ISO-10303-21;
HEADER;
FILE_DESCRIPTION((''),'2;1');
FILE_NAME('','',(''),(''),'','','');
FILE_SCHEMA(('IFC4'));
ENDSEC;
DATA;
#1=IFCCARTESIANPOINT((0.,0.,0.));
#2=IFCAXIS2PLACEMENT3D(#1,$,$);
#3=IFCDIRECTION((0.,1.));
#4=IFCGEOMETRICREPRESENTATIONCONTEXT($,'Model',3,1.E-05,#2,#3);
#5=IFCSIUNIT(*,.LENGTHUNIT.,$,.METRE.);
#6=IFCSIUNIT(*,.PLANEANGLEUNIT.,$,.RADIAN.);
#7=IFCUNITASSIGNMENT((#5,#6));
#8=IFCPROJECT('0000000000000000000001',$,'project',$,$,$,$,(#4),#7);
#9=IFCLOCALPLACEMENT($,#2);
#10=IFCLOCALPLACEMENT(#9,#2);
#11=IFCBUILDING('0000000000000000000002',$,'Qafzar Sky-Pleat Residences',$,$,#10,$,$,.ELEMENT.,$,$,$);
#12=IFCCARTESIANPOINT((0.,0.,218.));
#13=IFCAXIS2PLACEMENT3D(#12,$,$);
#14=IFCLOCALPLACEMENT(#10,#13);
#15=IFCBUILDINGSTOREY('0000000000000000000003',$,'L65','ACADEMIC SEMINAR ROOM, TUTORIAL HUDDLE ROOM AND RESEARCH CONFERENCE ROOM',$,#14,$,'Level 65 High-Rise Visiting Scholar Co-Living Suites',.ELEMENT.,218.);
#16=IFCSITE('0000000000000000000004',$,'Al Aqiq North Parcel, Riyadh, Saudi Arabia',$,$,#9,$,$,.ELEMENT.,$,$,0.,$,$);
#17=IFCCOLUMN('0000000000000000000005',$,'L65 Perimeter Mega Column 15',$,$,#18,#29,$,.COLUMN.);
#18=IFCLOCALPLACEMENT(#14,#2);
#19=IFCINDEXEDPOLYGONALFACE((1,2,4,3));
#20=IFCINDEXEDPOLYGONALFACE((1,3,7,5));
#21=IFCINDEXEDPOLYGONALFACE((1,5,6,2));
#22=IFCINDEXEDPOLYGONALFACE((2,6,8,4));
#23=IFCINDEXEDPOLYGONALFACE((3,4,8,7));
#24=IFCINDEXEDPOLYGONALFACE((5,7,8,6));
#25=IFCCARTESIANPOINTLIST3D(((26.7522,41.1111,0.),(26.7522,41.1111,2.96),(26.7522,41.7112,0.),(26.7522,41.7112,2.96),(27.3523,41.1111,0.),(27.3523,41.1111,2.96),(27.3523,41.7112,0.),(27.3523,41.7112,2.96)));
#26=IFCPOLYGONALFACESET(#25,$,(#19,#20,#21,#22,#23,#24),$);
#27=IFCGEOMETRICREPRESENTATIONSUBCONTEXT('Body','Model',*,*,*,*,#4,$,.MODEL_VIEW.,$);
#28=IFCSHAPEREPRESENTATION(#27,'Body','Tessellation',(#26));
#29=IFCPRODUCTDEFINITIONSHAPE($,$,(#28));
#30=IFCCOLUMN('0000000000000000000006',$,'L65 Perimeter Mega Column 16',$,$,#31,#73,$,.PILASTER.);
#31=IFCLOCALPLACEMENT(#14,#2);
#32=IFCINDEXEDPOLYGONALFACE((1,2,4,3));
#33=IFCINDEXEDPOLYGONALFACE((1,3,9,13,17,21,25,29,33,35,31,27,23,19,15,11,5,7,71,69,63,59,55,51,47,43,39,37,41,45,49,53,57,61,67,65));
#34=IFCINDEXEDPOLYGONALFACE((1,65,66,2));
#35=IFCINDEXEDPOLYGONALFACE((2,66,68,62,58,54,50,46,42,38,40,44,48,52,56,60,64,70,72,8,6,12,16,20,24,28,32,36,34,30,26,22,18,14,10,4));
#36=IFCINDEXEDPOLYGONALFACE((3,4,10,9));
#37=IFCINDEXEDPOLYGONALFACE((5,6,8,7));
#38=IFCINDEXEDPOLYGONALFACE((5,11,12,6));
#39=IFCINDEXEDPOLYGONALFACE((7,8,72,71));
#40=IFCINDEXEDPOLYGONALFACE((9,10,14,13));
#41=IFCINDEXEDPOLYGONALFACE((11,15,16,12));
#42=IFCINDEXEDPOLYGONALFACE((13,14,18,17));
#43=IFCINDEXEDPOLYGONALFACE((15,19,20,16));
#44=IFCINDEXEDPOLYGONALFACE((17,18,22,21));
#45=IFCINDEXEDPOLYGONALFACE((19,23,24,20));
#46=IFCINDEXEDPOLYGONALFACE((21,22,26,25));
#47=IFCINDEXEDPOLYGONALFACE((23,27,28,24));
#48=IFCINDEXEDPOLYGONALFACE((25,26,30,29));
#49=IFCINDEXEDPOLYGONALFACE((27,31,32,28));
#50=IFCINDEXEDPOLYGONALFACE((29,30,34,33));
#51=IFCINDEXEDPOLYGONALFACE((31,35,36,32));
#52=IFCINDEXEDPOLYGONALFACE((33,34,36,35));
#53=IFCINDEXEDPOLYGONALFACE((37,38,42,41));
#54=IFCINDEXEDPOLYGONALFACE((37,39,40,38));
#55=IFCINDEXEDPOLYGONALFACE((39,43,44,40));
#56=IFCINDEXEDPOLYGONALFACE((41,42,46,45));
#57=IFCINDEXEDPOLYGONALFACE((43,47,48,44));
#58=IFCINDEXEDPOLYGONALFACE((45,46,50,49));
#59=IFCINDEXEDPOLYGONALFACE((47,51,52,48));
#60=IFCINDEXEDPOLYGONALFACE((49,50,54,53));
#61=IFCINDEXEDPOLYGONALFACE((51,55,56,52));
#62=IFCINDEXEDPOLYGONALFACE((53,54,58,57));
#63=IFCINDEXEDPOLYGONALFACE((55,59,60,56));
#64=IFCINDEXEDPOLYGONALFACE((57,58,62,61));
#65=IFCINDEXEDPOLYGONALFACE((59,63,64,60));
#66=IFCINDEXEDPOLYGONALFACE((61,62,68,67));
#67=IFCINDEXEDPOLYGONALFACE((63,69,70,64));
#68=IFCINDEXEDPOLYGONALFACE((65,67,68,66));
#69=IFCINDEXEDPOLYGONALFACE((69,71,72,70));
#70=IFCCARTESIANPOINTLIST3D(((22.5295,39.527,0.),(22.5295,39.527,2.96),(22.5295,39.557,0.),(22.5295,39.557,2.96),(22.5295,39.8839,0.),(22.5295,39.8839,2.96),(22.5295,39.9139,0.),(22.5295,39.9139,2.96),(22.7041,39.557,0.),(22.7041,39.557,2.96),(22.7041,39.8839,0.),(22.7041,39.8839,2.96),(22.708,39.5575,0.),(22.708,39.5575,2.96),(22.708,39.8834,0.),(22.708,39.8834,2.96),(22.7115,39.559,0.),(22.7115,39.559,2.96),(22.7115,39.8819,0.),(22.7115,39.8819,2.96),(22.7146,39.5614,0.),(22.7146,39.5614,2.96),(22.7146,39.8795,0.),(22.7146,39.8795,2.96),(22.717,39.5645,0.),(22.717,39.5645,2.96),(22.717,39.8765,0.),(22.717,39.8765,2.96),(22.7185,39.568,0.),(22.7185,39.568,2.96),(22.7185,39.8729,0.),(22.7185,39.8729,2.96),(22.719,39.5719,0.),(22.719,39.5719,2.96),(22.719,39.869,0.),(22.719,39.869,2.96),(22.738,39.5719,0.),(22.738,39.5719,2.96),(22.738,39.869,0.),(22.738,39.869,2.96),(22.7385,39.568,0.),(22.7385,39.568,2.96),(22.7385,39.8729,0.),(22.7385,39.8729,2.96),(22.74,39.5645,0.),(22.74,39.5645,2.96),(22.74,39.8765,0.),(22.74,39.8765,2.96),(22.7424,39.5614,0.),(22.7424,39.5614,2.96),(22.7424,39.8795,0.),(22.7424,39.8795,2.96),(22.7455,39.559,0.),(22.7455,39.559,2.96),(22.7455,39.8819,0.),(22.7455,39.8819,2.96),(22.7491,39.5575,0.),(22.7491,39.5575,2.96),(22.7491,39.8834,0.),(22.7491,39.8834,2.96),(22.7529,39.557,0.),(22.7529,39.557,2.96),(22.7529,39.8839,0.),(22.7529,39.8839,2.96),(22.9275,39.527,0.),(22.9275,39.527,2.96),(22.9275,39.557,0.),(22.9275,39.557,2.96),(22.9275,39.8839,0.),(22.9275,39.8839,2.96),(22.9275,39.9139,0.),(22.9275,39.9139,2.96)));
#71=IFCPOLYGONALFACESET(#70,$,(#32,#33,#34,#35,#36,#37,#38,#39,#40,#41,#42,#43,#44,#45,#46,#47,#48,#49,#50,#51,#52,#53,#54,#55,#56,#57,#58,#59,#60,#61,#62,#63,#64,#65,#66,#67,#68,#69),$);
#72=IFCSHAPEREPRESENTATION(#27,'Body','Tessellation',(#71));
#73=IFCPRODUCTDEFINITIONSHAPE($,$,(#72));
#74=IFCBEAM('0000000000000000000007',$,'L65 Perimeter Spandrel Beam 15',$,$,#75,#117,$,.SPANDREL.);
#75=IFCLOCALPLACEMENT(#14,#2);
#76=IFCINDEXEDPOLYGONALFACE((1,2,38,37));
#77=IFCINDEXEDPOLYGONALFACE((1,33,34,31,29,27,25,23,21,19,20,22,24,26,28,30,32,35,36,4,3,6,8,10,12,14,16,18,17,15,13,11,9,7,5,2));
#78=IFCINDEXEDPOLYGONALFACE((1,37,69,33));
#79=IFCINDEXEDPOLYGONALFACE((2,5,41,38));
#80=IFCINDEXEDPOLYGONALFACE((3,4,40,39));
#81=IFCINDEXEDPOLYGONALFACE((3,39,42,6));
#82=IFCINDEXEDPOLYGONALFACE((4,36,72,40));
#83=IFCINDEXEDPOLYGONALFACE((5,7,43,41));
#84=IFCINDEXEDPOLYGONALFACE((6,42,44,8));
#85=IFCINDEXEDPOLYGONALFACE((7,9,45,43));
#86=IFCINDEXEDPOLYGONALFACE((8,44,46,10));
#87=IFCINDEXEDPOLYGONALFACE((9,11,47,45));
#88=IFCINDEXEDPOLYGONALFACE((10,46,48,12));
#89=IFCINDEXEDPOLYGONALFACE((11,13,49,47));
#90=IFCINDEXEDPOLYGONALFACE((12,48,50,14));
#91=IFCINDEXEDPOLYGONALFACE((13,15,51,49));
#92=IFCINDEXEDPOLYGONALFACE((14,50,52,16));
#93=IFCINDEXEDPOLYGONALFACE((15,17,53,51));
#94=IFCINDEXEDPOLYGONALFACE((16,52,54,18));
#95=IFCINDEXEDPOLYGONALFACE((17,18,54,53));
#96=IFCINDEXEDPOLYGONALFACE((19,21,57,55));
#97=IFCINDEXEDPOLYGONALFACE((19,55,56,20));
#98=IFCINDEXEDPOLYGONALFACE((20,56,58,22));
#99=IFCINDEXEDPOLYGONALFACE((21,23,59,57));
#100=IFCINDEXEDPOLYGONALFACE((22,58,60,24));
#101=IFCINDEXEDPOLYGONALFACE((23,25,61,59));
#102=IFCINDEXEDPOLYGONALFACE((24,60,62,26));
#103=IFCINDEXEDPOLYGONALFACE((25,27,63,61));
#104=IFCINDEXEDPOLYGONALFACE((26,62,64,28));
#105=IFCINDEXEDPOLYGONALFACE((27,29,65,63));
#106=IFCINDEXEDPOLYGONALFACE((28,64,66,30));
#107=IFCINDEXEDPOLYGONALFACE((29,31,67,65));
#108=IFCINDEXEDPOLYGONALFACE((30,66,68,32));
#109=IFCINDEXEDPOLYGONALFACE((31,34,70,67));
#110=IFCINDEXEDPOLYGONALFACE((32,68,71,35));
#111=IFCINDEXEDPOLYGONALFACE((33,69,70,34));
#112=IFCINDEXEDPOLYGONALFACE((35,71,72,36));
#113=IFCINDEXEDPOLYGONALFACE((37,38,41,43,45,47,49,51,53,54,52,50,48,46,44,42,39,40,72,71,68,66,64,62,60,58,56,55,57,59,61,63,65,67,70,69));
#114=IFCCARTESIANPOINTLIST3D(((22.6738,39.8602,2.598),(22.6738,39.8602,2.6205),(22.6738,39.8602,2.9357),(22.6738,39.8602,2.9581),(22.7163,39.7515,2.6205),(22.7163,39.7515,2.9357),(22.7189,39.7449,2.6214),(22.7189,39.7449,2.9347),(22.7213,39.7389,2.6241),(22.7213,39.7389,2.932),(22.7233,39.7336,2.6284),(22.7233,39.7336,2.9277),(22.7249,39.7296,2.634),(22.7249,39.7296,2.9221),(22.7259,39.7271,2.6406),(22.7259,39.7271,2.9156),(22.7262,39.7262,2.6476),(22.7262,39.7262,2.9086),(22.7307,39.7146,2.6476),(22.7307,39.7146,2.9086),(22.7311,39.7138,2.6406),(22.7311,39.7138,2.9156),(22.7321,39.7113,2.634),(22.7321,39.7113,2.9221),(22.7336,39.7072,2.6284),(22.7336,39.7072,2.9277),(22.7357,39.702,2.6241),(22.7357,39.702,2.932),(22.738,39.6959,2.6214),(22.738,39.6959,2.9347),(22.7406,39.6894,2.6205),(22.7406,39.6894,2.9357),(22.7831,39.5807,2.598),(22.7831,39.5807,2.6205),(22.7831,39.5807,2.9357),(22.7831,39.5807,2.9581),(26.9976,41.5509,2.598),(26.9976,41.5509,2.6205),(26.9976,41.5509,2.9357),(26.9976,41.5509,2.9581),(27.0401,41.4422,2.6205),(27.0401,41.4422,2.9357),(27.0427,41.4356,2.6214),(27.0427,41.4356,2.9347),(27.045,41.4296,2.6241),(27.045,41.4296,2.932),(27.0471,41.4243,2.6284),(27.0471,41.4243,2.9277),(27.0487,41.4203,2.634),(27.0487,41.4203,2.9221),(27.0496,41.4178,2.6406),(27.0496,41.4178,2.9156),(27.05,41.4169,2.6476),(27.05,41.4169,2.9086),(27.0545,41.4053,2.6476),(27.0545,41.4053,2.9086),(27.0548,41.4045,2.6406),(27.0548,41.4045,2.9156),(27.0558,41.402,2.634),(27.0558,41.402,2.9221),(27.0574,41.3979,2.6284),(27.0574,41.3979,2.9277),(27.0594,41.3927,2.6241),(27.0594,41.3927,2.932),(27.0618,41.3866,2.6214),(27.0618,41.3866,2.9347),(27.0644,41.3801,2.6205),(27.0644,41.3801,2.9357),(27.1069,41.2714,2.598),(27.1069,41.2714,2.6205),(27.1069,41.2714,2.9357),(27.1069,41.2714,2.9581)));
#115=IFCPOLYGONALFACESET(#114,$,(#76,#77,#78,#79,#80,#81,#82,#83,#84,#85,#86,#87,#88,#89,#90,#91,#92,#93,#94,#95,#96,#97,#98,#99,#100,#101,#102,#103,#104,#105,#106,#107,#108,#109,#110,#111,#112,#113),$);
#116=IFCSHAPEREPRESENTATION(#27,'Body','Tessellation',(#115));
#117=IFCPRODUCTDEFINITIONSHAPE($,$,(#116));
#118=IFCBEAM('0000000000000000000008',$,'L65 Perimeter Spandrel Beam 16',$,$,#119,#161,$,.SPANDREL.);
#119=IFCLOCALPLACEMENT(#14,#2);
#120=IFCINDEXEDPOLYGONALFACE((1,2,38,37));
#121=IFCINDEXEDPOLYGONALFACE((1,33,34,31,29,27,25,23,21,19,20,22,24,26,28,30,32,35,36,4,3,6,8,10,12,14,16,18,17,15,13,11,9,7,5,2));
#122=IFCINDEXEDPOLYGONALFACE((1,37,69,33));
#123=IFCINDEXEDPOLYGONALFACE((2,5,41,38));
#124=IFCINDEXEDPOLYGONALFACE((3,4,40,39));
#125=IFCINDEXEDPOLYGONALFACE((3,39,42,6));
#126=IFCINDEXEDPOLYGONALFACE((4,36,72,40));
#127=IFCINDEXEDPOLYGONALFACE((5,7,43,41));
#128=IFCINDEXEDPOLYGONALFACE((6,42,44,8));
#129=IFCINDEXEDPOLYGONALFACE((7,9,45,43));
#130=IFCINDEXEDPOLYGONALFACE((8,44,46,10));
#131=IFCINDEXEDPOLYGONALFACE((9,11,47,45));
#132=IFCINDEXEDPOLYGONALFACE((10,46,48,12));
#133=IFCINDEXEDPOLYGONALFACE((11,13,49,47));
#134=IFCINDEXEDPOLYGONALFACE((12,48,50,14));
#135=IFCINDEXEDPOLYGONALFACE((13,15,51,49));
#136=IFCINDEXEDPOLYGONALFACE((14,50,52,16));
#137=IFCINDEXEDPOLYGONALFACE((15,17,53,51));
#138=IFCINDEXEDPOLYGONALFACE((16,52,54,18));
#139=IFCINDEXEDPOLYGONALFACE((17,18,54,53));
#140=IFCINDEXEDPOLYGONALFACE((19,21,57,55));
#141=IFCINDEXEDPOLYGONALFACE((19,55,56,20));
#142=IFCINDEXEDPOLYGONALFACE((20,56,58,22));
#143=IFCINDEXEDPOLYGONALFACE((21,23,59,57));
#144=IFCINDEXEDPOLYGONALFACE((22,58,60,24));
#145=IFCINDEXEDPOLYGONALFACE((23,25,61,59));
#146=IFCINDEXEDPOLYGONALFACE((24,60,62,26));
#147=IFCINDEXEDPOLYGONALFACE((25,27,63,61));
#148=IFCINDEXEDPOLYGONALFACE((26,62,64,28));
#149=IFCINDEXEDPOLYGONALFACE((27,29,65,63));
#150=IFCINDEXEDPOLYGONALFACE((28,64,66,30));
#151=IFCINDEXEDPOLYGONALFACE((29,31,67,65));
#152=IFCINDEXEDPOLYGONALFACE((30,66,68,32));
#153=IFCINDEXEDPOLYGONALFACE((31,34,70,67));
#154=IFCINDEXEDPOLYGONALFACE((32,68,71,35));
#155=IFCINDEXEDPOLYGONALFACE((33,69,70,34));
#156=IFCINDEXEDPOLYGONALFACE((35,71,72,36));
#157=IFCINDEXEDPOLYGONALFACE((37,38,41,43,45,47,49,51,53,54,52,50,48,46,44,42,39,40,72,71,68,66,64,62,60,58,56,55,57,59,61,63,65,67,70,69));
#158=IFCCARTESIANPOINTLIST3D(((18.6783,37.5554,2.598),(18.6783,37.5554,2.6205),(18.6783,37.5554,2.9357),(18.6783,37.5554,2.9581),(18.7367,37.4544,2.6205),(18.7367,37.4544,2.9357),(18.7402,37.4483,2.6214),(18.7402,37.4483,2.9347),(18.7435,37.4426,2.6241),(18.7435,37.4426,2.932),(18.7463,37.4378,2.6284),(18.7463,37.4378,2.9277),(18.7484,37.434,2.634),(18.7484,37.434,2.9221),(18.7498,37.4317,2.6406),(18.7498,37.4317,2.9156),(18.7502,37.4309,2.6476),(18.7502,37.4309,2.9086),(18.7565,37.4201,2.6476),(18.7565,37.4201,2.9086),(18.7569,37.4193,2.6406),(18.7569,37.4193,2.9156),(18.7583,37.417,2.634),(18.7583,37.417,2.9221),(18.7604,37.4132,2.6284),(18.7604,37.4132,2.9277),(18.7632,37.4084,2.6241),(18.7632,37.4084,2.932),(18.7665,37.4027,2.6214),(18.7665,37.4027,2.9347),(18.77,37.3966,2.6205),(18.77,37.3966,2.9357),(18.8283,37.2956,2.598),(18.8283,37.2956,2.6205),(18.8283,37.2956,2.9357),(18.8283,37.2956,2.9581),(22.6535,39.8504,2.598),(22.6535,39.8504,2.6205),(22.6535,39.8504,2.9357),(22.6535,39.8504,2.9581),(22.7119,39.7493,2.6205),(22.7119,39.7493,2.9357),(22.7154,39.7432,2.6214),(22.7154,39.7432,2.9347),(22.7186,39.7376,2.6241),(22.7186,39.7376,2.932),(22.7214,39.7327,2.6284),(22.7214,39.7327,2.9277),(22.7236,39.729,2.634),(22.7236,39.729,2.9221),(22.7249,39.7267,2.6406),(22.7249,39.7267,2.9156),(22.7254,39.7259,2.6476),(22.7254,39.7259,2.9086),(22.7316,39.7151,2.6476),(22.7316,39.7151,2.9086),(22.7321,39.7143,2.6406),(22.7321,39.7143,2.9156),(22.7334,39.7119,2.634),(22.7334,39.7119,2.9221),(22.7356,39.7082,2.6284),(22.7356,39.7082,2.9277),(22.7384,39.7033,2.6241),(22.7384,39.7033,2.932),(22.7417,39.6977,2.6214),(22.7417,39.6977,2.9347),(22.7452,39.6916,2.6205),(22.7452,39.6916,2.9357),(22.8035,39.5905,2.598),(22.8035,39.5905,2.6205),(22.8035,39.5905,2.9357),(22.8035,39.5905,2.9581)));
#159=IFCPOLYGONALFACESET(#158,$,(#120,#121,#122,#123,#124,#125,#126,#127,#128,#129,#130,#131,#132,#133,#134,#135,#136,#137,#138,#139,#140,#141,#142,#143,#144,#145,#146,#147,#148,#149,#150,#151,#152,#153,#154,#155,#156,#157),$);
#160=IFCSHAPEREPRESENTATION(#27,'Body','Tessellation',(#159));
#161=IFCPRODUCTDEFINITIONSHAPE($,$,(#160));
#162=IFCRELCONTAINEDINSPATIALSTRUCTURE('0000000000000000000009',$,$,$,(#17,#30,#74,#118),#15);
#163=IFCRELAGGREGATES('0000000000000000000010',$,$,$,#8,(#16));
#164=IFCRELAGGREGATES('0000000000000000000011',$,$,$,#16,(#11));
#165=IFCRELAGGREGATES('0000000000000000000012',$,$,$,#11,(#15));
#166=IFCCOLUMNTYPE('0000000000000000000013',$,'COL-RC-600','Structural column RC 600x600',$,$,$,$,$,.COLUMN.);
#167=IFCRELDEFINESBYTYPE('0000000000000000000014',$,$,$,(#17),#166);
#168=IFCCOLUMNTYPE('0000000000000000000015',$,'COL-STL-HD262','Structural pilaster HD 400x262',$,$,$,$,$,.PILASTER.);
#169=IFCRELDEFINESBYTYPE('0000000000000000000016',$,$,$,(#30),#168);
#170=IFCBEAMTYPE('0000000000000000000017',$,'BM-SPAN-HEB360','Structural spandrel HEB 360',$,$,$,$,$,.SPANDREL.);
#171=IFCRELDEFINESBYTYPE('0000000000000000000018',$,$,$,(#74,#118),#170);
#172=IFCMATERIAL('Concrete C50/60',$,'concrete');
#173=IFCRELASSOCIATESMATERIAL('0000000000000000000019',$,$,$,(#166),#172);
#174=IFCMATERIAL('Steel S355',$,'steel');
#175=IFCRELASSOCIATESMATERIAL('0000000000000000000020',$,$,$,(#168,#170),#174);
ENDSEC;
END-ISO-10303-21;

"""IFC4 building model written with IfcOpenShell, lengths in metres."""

from ifc_helpers import new_model, si_unit, direction, frame, origin, origin_2d, place, context, subcontext, project, spatial, rectangle, i_section, extrude, source, transform, mapped, material, material_profile, profile_set, type_object, element, save


model = new_model("IFC4")

# Units and contexts
model_context = context("Model", 3, precision=1e-05, world=origin(), true_north=direction((0.0, 1.0)))
body_context = subcontext(model_context, "Body", "Model", "MODEL_VIEW")
ifc_project = project(units=[si_unit("LENGTHUNIT", "METRE"), si_unit("PLANEANGLEUNIT", "RADIAN")], contexts=[model_context])

# Site, building, storey
site_placement = place(None, origin())
site = spatial("IfcSite", under=ifc_project, at=site_placement, Name="Al Aqiq North Parcel, Riyadh, Saudi Arabia", CompositionType="ELEMENT", RefElevation=0.0)
building_placement = place(site_placement, origin())
building = spatial("IfcBuilding", under=site, at=building_placement, Name="Qafzar Sky-Pleat Residences", CompositionType="ELEMENT")
storey_placement = place(building_placement, frame((0.0, 0.0, 218.0)))
storey = spatial("IfcBuildingStorey", under=building, at=storey_placement, Name="L65", Description="ACADEMIC SEMINAR ROOM, TUTORIAL HUDDLE ROOM AND RESEARCH CONFERENCE ROOM", LongName="Level 65 High-Rise Visiting Scholar Co-Living Suites", CompositionType="ELEMENT", Elevation=218.0)

# Columns
ifc_material_1 = material(Name="Concrete C50/60", Category="concrete")
ifc_material_profile_1 = material_profile(ifc_material_1, rectangle(XDim=0.6001, YDim=0.6001, at=origin_2d()), Name="RC 600x600")
ifc_profile_set_1 = profile_set([ifc_material_profile_1], Name="Concrete C50/60")
column_type_1 = type_object("IfcColumnType", Name="COL-RC-600", Description="Structural column RC 600x600", PredefinedType="COLUMN", material=ifc_profile_set_1)
shared_shape_1 = source(origin(), body_context, "Body", "SweptSolid", [
    extrude(rectangle(XDim=0.6001, YDim=0.6001, at=origin_2d()), origin(), (0.0, 0.0, 1.0), 2.96),
])
column_1_placement = place(storey_placement, frame((27.0522, 41.4111, 0.0), z_axis=(0.0, 0.0, 1.0), x_axis=(1.0, 0.0, 0.0)))
element("IfcColumn", 1, at=column_1_placement, inside=storey, type_object=column_type_1, Name="L65 Perimeter Mega Column 15", PredefinedType="COLUMN", context=body_context, shape_type="MappedRepresentation", body=[
    mapped(shared_shape_1, transform((0.0, 0.0, 0.0), x_axis=(1.0, 0.0, 0.0), y_axis=(0.0, 1.0, 0.0), z_axis=(0.0, 0.0, 1.0), scale=1.0)),
])
ifc_material_2 = material(Name="Steel S355", Category="steel")
ifc_material_profile_2 = material_profile(ifc_material_2, i_section(OverallWidth=0.3979, OverallDepth=0.387, WebThickness=0.019, FlangeThickness=0.03, FilletRadius=0.0149, at=origin_2d()), Name="HD 400x262")
ifc_profile_set_2 = profile_set([ifc_material_profile_2], Name="Steel S355")
column_type_2 = type_object("IfcColumnType", Name="COL-STL-HD262", Description="Structural pilaster HD 400x262", PredefinedType="PILASTER", material=ifc_profile_set_2)
shared_shape_2 = source(origin(), body_context, "Body", "SweptSolid", [
    extrude(i_section(OverallWidth=0.3979, OverallDepth=0.387, WebThickness=0.019, FlangeThickness=0.03, FilletRadius=0.0149, at=origin_2d()), origin(), (0.0, 0.0, 1.0), 2.96),
])
column_2_placement = place(storey_placement, frame((22.7285, 39.7205, 0.0), z_axis=(0.0, 0.0, 1.0), x_axis=(1.0, 0.0, 0.0)))
element("IfcColumn", 2, at=column_2_placement, inside=storey, type_object=column_type_2, Name="L65 Perimeter Mega Column 16", PredefinedType="PILASTER", context=body_context, shape_type="MappedRepresentation", body=[
    mapped(shared_shape_2, transform((0.0, 0.0, 0.0), x_axis=(1.0, 0.0, 0.0), y_axis=(0.0, 1.0, 0.0), z_axis=(0.0, 0.0, 1.0), scale=1.0)),
])

# Beams
ifc_material_profile_3 = material_profile(ifc_material_2, i_section(OverallWidth=0.3, OverallDepth=0.3601, WebThickness=0.0125, FlangeThickness=0.0225, FilletRadius=0.0271, at=origin_2d()), Name="HEB 360")
ifc_profile_set_3 = profile_set([ifc_material_profile_3], Name="Steel S355")
beam_type_1 = type_object("IfcBeamType", Name="BM-SPAN-HEB360", Description="Structural spandrel HEB 360", PredefinedType="SPANDREL", material=ifc_profile_set_3)
shared_shape_3 = source(origin(), body_context, "Body", "SweptSolid", [
    extrude(i_section(OverallWidth=0.3, OverallDepth=0.3601, WebThickness=0.0125, FlangeThickness=0.0225, FilletRadius=0.0271, at=origin_2d()), origin(), (0.0, 0.0, 1.0), 4.6426),
])
beam_1_placement = place(storey_placement, frame((27.0522, 41.4111, 2.7781), z_axis=(-0.931332, -0.364171, 0.0), x_axis=(0.364171, -0.931332, 0.0)))
element("IfcBeam", 3, at=beam_1_placement, inside=storey, type_object=beam_type_1, Name="L65 Perimeter Spandrel Beam 15", PredefinedType="SPANDREL", context=body_context, shape_type="MappedRepresentation", body=[
    mapped(shared_shape_3, transform((0.0, 0.0, 0.0), x_axis=(1.0, 0.0, 0.0), y_axis=(0.0, 1.0, 0.0), z_axis=(0.0, 0.0, 1.0), scale=1.0)),
])
shared_shape_4 = source(origin(), body_context, "Body", "SweptSolid", [
    extrude(i_section(OverallWidth=0.3, OverallDepth=0.3601, WebThickness=0.0125, FlangeThickness=0.0225, FilletRadius=0.0271, at=origin_2d()), origin(), (0.0, 0.0, 1.0), 4.5901),
])
beam_2_placement = place(storey_placement, frame((22.7285, 39.7205, 2.7781), z_axis=(-0.866035, -0.499983, 0.0), x_axis=(0.499983, -0.866035, 0.0)))
element("IfcBeam", 4, at=beam_2_placement, inside=storey, type_object=beam_type_1, Name="L65 Perimeter Spandrel Beam 16", PredefinedType="SPANDREL", context=body_context, shape_type="MappedRepresentation", body=[
    mapped(shared_shape_4, transform((0.0, 0.0, 0.0), x_axis=(1.0, 0.0, 0.0), y_axis=(0.0, 1.0, 0.0), z_axis=(0.0, 0.0, 1.0), scale=1.0)),
])

save(model, "model.ifc")
